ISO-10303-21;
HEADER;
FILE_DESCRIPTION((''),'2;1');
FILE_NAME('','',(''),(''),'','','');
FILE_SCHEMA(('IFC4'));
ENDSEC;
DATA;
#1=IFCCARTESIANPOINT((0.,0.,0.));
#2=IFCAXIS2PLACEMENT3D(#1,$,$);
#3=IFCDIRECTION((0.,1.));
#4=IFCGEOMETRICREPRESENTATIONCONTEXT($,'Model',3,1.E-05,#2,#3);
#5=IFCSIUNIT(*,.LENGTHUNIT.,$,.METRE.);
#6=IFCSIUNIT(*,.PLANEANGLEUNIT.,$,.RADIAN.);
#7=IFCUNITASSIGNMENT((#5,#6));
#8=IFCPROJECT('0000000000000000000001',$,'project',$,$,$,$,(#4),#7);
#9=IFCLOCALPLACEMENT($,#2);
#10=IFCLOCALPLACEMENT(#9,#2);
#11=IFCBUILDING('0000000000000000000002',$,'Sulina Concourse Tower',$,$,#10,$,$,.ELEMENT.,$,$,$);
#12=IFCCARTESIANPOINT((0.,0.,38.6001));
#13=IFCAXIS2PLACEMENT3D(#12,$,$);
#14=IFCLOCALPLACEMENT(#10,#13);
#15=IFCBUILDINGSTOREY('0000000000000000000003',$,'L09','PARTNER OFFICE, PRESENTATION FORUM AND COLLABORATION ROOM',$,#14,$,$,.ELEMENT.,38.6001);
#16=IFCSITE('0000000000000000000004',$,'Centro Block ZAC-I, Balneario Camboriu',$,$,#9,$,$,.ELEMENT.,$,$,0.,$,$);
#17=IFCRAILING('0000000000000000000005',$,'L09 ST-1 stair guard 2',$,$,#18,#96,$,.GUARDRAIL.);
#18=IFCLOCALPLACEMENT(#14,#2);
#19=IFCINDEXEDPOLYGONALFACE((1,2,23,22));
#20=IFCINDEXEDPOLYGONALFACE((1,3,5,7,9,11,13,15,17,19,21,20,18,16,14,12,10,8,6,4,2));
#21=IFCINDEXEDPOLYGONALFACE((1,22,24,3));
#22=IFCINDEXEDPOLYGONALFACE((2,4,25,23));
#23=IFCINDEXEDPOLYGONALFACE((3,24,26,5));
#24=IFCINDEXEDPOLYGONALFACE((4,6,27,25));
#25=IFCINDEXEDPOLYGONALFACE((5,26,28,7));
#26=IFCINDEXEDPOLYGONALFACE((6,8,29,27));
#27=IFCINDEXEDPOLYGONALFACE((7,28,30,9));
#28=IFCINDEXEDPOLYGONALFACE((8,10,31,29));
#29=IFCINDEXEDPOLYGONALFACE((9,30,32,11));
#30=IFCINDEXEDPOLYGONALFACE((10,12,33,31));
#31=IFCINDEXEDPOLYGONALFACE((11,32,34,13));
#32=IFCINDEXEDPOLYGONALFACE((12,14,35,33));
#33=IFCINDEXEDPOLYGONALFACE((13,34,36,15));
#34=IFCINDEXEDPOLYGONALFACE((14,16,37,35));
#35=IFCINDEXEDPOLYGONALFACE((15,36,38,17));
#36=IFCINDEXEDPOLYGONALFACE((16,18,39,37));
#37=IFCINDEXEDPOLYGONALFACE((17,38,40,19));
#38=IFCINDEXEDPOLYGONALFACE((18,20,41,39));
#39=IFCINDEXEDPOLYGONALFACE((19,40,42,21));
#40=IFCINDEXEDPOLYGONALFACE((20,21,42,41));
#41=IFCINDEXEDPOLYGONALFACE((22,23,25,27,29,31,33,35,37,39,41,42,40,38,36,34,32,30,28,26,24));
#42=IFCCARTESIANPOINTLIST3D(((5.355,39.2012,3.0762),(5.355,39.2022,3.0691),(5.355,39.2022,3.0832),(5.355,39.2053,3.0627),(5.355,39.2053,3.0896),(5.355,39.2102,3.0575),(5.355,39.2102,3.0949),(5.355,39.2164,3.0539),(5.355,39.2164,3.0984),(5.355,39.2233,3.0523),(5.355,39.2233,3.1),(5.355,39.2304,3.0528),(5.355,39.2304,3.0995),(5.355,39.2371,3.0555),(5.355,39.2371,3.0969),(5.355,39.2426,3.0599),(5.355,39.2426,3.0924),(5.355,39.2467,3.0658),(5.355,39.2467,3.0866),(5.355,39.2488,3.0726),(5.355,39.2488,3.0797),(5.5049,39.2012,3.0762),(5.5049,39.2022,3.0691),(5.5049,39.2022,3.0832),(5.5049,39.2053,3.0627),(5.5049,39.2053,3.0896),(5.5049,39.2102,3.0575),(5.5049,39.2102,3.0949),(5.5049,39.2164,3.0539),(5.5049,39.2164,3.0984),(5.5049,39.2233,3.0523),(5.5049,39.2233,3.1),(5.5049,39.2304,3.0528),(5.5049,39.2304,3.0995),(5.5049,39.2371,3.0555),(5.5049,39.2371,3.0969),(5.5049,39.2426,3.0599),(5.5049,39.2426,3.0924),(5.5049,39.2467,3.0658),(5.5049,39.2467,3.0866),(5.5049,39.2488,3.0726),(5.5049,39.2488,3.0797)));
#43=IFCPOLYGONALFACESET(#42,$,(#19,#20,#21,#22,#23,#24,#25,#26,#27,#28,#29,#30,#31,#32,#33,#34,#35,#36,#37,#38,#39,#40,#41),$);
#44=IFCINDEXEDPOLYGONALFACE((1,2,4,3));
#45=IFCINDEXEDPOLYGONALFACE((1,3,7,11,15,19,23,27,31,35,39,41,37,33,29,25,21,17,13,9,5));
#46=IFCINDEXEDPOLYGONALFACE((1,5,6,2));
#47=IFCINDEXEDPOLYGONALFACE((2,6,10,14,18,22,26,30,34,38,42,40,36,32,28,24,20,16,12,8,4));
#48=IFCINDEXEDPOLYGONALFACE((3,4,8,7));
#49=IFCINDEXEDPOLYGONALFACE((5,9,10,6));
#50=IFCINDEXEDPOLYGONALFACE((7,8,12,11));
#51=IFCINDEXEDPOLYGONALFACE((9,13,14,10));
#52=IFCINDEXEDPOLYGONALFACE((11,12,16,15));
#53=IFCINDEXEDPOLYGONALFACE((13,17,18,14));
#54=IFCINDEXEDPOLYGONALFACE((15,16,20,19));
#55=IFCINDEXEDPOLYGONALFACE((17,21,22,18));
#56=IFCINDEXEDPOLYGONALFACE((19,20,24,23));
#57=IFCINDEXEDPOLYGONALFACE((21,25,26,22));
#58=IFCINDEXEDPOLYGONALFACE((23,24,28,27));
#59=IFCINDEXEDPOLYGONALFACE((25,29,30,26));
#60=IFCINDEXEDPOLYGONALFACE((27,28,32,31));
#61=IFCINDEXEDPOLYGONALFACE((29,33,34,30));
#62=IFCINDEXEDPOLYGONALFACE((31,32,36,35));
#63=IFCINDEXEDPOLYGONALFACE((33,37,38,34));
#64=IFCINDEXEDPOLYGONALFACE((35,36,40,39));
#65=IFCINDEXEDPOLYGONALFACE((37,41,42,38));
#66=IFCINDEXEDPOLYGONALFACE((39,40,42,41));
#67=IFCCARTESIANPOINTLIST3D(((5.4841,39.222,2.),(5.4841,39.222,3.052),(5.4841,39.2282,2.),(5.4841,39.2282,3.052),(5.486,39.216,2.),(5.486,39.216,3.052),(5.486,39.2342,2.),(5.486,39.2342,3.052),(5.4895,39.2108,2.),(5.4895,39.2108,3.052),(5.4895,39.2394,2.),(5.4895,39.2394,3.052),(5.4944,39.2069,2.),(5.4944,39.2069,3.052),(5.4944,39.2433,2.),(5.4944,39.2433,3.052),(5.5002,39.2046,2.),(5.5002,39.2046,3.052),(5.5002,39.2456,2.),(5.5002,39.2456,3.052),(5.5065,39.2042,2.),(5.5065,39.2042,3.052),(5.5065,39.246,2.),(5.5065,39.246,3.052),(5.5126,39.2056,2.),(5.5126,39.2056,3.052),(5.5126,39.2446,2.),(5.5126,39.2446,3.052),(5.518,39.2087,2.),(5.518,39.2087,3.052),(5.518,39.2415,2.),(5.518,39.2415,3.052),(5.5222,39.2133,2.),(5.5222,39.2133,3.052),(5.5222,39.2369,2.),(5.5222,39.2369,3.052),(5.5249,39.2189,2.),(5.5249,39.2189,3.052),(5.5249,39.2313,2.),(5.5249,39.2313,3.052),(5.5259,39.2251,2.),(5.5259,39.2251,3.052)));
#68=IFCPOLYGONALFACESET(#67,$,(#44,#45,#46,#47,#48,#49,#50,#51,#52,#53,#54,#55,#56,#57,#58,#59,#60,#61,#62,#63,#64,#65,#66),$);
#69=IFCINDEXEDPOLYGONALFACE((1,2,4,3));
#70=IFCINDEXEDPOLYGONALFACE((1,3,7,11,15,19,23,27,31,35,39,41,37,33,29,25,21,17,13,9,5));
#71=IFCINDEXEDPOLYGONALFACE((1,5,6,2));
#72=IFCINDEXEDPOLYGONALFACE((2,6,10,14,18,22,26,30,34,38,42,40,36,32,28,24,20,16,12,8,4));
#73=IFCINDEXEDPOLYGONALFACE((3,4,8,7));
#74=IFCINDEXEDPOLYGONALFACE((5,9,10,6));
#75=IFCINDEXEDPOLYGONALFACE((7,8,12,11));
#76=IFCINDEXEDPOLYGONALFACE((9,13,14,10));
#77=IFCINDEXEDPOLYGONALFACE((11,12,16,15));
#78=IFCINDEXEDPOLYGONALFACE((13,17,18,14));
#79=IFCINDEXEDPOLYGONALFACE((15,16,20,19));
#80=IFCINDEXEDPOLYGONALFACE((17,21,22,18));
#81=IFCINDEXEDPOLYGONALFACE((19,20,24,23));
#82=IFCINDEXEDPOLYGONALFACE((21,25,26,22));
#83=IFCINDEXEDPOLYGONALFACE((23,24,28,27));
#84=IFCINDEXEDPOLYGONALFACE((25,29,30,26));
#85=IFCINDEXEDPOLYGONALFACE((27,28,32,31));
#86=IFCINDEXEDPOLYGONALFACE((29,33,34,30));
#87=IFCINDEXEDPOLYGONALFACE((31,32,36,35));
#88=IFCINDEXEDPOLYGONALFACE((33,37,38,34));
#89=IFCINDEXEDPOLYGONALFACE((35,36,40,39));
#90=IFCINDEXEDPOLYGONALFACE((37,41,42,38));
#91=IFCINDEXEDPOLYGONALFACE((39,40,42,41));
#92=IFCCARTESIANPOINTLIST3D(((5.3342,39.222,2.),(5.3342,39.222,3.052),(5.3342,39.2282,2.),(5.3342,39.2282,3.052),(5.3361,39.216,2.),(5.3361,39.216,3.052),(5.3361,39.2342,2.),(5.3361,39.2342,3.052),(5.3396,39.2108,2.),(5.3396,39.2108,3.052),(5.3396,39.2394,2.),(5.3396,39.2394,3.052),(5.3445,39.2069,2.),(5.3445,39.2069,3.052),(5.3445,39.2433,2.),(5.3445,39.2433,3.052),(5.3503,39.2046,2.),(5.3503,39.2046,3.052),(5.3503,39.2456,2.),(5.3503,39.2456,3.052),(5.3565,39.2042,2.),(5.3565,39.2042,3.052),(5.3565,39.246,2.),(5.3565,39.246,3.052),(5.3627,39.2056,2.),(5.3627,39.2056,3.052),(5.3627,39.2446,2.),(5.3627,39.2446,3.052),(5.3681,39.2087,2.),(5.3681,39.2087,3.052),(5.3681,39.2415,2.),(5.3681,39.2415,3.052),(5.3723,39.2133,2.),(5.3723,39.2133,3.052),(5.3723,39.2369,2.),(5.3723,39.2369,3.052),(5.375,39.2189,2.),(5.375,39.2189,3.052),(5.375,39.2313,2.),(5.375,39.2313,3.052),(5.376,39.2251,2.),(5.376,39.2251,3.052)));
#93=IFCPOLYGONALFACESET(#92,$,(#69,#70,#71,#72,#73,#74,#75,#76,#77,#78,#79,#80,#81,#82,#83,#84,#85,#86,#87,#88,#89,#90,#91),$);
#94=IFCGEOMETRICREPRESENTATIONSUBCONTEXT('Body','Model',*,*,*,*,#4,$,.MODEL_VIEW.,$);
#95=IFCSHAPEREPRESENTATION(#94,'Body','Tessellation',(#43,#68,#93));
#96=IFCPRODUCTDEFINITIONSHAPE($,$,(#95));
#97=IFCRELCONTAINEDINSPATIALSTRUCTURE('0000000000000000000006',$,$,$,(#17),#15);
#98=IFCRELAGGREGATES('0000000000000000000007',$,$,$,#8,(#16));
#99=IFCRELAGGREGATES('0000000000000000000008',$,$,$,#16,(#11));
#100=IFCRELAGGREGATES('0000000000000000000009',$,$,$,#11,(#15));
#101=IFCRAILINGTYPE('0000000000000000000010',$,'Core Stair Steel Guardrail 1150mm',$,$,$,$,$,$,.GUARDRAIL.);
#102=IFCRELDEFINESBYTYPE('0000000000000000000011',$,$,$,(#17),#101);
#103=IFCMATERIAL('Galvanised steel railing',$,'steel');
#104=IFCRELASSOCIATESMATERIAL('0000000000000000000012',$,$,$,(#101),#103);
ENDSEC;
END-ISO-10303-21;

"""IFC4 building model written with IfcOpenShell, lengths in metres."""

from ifc_helpers import new_model, si_unit, direction, frame, origin, origin_2d, place, context, subcontext, project, spatial, circle, extrude, material, type_object, element, save


model = new_model("IFC4")

# Units and contexts
model_context = context("Model", 3, precision=1e-05, world=origin(), true_north=direction((0.0, 1.0)))
body_context = subcontext(model_context, "Body", "Model", "MODEL_VIEW")
ifc_project = project(units=[si_unit("LENGTHUNIT", "METRE"), si_unit("PLANEANGLEUNIT", "RADIAN")], contexts=[model_context])

# Site, building, storey
site_placement = place(None, origin())
site = spatial("IfcSite", under=ifc_project, at=site_placement, Name="Centro Block ZAC-I, Balneario Camboriu", CompositionType="ELEMENT", RefElevation=0.0)
building_placement = place(site_placement, origin())
building = spatial("IfcBuilding", under=site, at=building_placement, Name="Sulina Concourse Tower", CompositionType="ELEMENT")
storey_placement = place(building_placement, frame((0.0, 0.0, 38.6001)))
storey = spatial("IfcBuildingStorey", under=building, at=storey_placement, Name="L09", Description="PARTNER OFFICE, PRESENTATION FORUM AND COLLABORATION ROOM", CompositionType="ELEMENT", Elevation=38.6001)

# Railing
ifc_material_1 = material(Name="Galvanised steel railing", Category="steel")
railing_type_1 = type_object("IfcRailingType", Name="Core Stair Steel Guardrail 1150mm", PredefinedType="GUARDRAIL", material=ifc_material_1)
railing_1_placement = place(storey_placement, frame((5.5049, 39.2251, 2.0)))
element("IfcRailing", 1, at=railing_1_placement, inside=storey, type_object=railing_type_1, Name="L09 ST-1 stair guard 2", PredefinedType="GUARDRAIL", context=body_context, shape_type="SweptSolid", body=[
    extrude(circle(Radius=0.0239, at=origin_2d()), frame((0.0, 0.0, 1.0762), z_axis=(-1.0, 0.0, 0.0), x_axis=(0.0, -1.0, 0.0)), (0.0, 0.0, 1.0), 0.1499),
    extrude(circle(Radius=0.021, at=origin_2d()), origin(), (0.0, 0.0, 1.0), 1.052),
    extrude(circle(Radius=0.021, at=origin_2d()), frame((-0.1499, 0.0, 0.0)), (0.0, 0.0, 1.0), 1.052),
])

save(model, "model.ifc")
